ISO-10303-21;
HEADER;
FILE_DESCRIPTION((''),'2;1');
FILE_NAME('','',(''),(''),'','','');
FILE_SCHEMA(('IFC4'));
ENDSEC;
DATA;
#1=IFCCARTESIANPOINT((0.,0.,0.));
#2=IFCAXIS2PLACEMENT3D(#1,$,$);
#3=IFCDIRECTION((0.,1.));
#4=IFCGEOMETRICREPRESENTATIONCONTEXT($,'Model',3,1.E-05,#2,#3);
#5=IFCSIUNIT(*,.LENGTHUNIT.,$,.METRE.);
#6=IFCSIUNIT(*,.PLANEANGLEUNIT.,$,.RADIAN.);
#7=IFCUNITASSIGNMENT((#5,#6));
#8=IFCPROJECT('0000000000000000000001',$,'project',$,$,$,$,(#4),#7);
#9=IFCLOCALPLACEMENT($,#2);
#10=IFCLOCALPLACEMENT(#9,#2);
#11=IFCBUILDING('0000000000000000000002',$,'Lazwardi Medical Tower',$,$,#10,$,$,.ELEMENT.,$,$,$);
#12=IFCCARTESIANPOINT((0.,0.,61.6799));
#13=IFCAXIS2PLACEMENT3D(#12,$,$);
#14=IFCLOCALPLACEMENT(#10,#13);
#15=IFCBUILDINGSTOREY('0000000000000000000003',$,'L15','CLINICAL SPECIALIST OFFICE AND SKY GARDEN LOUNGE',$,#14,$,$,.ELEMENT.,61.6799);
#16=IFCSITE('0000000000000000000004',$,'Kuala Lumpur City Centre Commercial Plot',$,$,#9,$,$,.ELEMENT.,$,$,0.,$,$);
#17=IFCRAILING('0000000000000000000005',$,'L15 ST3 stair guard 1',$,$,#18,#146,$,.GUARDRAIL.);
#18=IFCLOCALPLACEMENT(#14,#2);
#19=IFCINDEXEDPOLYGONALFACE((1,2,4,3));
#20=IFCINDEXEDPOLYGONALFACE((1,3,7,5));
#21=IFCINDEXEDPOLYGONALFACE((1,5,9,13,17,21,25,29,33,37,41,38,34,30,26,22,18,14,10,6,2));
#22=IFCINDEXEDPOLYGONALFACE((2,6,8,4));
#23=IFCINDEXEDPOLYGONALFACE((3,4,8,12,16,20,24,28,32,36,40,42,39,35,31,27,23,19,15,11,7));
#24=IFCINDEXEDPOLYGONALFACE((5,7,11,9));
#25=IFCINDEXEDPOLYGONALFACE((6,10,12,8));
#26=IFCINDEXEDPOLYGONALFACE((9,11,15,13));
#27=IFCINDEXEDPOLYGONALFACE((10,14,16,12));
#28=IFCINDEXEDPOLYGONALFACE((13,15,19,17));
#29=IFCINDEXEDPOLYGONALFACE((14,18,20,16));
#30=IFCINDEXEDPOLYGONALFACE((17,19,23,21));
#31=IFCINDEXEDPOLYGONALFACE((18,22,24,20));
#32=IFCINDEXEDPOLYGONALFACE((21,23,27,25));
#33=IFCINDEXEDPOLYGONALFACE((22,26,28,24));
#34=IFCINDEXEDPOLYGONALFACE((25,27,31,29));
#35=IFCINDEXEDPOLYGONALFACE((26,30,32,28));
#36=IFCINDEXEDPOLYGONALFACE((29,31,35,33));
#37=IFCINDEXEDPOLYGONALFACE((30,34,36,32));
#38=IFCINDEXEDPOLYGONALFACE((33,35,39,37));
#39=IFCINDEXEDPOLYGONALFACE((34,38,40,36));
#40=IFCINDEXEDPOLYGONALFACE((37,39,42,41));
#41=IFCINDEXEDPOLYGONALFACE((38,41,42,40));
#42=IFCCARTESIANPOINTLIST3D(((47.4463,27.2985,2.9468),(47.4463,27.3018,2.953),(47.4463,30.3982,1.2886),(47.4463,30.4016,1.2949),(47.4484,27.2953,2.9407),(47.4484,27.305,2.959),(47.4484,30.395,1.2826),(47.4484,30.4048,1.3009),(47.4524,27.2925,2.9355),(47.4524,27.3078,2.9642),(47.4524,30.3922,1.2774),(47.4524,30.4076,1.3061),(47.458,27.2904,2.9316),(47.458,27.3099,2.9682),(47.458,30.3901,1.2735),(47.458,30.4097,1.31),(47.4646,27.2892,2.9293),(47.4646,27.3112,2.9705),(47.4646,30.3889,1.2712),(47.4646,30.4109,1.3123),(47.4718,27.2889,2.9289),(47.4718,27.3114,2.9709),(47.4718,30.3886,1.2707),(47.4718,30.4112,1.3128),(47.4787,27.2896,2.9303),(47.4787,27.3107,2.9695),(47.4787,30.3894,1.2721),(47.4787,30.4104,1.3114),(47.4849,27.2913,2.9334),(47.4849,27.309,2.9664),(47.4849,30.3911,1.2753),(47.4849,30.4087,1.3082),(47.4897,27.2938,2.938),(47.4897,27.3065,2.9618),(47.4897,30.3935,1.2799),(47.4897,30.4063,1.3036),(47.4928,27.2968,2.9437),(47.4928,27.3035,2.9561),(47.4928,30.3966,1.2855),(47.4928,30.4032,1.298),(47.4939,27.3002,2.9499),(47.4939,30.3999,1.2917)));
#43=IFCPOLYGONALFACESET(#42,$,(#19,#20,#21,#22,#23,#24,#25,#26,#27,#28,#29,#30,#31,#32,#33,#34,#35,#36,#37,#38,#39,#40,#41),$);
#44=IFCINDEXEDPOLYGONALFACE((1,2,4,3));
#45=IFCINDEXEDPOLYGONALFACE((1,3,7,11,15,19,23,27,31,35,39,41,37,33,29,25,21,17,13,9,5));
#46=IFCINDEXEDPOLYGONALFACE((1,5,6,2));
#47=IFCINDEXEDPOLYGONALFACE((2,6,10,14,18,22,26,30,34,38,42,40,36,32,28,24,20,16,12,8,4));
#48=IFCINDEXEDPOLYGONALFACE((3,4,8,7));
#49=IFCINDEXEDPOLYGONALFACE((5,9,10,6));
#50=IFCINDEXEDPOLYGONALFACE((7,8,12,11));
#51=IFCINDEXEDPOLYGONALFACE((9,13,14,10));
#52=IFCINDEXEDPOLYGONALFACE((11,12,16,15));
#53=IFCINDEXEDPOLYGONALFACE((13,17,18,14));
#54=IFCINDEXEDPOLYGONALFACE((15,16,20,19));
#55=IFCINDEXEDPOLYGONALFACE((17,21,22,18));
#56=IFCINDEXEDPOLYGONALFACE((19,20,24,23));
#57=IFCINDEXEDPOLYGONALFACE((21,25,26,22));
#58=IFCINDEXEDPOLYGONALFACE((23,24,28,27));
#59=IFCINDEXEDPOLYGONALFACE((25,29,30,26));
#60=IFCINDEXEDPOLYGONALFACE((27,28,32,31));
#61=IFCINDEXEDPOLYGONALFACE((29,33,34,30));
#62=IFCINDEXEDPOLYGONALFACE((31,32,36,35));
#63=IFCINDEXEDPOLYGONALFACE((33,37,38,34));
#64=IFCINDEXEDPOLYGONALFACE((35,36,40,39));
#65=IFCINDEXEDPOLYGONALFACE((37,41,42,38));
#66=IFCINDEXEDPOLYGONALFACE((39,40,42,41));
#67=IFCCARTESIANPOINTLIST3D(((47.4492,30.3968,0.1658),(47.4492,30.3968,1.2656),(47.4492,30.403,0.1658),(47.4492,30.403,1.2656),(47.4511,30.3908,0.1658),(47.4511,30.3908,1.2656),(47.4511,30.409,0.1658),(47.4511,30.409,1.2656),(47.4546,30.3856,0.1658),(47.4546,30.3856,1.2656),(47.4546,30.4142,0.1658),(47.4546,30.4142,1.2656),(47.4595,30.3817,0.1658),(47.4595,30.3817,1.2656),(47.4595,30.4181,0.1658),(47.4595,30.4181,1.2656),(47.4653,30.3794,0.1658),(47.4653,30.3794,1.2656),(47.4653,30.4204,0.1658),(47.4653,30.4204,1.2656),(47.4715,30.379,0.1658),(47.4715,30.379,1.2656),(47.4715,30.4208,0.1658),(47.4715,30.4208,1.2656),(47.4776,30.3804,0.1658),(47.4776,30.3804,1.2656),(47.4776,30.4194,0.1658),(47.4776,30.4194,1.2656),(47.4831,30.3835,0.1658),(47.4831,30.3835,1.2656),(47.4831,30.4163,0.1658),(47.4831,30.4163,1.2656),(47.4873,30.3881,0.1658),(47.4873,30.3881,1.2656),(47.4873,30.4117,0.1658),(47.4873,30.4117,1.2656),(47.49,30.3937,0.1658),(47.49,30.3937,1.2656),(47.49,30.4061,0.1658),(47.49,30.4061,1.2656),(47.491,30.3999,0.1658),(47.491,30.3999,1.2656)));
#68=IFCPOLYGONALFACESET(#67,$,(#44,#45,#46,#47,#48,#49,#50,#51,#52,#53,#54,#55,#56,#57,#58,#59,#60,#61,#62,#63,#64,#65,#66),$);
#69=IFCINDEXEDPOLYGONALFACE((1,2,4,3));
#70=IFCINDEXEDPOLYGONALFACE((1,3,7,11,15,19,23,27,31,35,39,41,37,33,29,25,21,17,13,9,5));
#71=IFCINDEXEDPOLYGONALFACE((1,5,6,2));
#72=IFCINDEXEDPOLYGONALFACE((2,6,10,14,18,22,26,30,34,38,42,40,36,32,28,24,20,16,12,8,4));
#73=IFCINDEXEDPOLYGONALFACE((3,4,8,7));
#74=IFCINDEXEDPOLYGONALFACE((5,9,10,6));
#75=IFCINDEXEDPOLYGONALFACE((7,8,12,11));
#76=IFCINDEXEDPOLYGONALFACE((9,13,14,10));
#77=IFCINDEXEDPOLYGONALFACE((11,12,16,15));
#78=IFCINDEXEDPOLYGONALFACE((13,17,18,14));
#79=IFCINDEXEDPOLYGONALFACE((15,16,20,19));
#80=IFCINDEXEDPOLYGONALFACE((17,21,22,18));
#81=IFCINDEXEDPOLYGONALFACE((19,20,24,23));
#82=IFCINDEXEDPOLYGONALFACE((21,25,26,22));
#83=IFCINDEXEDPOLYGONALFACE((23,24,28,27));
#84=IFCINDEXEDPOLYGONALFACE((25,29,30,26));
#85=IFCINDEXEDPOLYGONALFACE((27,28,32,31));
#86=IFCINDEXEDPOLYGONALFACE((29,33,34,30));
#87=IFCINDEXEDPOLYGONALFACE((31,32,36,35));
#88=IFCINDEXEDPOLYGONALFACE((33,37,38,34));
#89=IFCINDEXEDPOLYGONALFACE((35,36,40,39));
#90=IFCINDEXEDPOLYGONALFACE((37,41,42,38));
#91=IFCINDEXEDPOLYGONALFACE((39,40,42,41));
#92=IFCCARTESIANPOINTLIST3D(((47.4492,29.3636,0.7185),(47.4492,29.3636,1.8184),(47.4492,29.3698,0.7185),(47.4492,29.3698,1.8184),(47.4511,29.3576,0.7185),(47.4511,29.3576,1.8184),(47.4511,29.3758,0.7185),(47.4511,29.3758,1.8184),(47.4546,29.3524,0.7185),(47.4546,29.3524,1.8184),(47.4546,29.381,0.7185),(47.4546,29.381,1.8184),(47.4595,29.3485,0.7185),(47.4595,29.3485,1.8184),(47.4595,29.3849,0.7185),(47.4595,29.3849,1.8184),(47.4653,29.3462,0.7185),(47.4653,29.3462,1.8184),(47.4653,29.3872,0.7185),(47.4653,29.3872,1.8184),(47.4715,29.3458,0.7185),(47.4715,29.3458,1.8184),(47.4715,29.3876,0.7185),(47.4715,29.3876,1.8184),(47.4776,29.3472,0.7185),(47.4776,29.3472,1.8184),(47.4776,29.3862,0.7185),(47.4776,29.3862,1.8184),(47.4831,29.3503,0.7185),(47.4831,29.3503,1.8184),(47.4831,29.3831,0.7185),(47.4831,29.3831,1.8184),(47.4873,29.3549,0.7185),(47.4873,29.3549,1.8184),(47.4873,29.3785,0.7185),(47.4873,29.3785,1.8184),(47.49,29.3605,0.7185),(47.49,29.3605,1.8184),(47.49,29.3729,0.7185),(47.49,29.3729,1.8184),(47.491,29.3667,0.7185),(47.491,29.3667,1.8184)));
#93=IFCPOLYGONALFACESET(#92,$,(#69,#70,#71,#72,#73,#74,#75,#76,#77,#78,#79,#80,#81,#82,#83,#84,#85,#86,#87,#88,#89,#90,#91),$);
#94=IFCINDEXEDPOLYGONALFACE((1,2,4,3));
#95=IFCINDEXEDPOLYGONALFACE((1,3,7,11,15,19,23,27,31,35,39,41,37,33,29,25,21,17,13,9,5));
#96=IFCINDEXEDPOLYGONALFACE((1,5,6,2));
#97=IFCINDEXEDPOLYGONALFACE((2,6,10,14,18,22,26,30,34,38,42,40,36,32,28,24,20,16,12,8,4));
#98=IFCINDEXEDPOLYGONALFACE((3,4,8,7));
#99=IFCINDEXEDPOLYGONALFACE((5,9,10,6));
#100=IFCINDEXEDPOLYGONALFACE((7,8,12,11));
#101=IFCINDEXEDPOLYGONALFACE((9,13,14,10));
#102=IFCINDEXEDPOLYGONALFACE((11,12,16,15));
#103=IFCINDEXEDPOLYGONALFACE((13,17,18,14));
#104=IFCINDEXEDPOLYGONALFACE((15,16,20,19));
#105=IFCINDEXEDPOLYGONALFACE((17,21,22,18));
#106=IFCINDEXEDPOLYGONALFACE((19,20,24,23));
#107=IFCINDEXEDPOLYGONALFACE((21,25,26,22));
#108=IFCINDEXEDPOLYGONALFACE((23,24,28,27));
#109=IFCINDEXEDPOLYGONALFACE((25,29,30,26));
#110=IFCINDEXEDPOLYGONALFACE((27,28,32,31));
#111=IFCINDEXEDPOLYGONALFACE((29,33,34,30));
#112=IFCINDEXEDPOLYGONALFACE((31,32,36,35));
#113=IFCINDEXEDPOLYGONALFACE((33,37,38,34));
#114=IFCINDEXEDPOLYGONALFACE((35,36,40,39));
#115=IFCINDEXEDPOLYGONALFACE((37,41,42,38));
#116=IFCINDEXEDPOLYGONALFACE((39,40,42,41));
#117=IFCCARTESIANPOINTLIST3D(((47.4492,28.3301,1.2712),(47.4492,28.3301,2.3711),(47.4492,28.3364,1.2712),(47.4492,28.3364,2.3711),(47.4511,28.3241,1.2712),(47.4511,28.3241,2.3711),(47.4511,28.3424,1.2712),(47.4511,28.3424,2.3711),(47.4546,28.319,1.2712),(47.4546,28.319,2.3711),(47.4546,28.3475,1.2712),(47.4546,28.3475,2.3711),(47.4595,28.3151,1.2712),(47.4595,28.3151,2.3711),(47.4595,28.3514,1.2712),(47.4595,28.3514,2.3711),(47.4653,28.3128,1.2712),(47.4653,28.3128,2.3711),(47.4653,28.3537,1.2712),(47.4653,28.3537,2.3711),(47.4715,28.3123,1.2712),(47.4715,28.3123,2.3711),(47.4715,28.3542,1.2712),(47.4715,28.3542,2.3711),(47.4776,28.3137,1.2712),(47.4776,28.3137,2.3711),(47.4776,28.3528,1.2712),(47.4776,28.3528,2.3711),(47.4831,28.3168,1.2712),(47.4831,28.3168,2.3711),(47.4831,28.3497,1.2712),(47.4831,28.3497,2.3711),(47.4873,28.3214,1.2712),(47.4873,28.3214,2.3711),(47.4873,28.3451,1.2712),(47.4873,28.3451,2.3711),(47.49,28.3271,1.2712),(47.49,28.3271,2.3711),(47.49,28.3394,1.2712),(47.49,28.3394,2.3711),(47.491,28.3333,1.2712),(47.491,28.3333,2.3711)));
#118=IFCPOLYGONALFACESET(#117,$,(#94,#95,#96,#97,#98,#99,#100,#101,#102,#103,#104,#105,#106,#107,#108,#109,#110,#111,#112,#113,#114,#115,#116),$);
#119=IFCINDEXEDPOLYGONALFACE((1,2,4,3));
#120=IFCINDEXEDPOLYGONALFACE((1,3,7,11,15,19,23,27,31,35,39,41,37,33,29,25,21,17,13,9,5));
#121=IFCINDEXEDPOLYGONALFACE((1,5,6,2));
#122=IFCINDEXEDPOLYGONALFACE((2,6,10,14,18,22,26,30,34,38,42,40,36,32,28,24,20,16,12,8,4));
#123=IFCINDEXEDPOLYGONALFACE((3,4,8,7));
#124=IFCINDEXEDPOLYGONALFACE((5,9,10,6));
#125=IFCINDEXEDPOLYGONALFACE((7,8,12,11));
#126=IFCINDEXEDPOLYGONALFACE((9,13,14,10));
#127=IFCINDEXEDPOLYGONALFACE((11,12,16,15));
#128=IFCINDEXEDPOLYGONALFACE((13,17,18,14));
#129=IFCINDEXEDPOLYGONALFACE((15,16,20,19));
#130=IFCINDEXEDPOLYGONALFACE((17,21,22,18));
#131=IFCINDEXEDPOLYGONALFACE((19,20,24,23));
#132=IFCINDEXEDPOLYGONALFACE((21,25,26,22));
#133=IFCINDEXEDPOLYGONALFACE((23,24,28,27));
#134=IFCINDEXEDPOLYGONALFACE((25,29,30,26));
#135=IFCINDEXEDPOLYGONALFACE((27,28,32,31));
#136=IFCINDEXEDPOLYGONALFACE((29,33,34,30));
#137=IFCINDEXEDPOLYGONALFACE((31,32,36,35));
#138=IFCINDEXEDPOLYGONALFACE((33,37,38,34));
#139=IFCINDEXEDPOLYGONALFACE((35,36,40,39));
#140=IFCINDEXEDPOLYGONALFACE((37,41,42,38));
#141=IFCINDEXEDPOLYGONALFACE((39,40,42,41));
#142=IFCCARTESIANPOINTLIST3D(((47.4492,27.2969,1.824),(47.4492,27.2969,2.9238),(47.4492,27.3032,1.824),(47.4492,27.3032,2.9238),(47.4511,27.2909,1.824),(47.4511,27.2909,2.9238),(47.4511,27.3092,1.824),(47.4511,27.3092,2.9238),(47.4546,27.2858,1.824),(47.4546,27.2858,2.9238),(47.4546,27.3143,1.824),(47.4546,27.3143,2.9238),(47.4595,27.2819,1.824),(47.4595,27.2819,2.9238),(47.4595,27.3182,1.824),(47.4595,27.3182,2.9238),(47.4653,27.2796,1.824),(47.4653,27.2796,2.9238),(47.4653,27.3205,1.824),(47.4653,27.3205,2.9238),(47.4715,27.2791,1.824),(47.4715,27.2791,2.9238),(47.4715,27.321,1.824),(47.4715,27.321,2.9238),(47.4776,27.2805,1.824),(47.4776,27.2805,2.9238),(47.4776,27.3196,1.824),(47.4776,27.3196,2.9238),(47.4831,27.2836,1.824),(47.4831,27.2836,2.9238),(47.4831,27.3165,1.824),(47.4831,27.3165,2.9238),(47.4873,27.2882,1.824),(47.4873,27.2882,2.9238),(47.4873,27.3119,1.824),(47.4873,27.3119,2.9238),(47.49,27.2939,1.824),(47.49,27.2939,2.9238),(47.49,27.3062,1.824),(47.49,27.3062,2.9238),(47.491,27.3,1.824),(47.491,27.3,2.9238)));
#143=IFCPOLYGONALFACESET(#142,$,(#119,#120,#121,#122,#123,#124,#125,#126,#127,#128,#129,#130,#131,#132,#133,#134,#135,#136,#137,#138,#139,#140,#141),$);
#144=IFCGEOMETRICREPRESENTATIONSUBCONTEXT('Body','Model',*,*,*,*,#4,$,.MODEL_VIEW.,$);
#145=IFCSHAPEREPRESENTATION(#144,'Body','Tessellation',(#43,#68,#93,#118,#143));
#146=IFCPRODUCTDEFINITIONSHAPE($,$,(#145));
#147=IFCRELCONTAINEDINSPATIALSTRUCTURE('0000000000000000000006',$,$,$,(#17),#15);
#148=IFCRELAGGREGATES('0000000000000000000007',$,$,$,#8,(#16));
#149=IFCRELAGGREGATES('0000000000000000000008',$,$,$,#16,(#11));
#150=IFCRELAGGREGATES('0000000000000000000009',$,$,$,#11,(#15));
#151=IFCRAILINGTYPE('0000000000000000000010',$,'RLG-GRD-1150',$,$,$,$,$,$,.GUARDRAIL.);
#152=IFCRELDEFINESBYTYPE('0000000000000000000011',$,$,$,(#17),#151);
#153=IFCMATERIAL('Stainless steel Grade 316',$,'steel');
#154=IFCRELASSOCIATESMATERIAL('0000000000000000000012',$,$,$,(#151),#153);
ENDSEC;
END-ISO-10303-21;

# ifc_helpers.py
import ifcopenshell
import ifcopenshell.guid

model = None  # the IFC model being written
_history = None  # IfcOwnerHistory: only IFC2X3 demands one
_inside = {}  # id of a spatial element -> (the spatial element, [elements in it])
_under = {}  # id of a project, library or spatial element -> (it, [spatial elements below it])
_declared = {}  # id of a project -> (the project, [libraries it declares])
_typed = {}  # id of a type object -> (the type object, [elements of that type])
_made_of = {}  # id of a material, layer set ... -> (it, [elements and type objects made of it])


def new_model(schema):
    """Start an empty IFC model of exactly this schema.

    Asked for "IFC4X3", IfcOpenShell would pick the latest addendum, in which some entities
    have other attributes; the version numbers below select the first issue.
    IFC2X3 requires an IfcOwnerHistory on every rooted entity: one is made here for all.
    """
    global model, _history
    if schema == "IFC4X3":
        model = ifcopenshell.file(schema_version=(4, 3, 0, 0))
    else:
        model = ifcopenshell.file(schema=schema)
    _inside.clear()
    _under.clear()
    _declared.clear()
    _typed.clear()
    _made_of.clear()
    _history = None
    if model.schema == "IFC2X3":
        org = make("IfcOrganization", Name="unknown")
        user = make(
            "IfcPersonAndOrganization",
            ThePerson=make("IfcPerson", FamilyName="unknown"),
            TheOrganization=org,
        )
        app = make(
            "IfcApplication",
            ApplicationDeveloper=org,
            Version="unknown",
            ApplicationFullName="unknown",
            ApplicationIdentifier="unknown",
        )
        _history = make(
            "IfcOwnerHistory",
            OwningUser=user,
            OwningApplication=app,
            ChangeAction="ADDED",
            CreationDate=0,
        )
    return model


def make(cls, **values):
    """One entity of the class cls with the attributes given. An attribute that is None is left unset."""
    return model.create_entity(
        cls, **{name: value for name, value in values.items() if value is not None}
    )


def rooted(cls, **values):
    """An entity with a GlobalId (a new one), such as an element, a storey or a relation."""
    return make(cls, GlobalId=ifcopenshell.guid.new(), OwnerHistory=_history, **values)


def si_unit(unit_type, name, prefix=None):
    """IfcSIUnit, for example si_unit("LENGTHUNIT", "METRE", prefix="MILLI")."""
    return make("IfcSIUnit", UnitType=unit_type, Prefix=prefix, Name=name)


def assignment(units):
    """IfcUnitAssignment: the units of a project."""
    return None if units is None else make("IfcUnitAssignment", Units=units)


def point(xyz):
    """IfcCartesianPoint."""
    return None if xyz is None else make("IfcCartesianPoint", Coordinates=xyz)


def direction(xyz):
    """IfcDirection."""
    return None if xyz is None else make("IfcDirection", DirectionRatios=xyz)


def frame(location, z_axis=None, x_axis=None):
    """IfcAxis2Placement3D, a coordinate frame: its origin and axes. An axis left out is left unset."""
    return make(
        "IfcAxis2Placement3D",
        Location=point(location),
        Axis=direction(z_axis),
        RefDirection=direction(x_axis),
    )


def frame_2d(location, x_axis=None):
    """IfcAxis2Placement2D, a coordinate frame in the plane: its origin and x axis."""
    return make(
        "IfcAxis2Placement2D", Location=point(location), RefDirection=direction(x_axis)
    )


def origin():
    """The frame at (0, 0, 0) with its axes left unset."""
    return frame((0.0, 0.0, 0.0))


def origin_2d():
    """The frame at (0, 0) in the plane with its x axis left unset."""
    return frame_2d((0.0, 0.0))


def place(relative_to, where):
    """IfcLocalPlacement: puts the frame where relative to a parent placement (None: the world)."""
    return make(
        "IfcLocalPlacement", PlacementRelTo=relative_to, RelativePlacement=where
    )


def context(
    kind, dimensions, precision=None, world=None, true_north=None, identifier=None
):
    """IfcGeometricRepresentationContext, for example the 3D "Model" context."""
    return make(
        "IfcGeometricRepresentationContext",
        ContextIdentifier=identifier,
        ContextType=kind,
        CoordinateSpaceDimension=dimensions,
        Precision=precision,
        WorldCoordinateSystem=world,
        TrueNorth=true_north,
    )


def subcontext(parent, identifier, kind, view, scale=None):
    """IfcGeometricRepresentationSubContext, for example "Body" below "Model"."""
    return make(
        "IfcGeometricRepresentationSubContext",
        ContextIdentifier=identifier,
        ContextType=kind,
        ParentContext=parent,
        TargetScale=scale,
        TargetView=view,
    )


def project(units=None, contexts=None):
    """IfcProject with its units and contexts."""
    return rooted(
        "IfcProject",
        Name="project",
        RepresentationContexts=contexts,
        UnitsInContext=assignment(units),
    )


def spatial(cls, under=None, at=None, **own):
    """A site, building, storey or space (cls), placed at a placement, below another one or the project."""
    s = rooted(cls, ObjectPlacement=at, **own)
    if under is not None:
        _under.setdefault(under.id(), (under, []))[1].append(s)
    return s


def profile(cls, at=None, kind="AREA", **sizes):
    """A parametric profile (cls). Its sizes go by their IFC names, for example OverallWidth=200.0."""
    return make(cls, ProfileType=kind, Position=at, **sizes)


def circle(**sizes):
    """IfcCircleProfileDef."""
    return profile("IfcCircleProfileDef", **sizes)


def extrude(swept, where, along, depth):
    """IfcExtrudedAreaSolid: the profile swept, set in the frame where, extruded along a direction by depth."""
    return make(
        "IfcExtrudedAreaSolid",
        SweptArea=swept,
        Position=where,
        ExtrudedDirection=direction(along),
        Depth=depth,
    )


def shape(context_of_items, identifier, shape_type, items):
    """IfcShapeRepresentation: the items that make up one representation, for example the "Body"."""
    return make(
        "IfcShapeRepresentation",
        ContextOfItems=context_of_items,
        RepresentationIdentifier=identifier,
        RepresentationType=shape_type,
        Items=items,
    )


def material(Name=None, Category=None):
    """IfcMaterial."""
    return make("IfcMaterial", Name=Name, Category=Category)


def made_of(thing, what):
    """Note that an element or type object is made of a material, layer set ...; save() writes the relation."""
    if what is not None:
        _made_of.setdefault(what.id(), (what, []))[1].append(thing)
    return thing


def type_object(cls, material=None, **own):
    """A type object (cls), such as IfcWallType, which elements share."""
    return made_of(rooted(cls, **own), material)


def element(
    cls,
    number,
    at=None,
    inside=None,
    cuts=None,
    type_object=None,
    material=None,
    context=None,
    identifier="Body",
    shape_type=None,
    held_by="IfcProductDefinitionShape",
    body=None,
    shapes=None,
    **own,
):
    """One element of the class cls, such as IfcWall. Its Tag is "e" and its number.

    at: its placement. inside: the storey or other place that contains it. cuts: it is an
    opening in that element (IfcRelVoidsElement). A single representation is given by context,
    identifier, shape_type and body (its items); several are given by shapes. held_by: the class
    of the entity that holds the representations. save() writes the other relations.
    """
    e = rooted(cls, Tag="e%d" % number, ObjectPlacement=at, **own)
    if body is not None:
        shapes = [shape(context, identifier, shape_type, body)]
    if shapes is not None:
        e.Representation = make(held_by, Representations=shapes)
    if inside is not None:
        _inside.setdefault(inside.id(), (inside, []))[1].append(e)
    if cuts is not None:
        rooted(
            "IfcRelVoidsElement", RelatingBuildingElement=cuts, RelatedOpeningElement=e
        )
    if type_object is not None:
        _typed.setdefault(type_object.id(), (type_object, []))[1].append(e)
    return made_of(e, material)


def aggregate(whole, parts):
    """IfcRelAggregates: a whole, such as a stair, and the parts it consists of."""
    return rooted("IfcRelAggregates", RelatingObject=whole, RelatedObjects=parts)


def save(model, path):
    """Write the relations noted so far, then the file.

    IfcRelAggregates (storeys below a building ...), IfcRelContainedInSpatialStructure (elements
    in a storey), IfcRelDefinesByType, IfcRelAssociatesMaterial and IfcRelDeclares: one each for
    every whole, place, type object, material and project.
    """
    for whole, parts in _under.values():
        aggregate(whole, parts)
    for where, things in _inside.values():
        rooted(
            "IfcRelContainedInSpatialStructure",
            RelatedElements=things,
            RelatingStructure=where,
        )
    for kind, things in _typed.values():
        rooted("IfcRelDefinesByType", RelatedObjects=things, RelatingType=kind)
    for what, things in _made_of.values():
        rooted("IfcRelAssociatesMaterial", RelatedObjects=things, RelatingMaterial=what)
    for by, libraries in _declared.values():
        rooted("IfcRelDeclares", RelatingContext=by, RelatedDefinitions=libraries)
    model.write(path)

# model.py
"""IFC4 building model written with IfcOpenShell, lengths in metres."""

from ifc_helpers import new_model, si_unit, direction, frame, origin, origin_2d, place, context, subcontext, project, spatial, circle, extrude, material, type_object, element, save


model = new_model("IFC4")

# Units and contexts
model_context = context("Model", 3, precision=1e-05, world=origin(), true_north=direction((0.0, 1.0)))
body_context = subcontext(model_context, "Body", "Model", "MODEL_VIEW")
ifc_project = project(units=[si_unit("LENGTHUNIT", "METRE"), si_unit("PLANEANGLEUNIT", "RADIAN")], contexts=[model_context])

# Site, building, storey
site_placement = place(None, origin())
site = spatial("IfcSite", under=ifc_project, at=site_placement, Name="Kuala Lumpur City Centre Commercial Plot", CompositionType="ELEMENT", RefElevation=0.0)
building_placement = place(site_placement, origin())
building = spatial("IfcBuilding", under=site, at=building_placement, Name="Lazwardi Medical Tower", CompositionType="ELEMENT")
storey_placement = place(building_placement, frame((0.0, 0.0, 61.6799)))
storey = spatial("IfcBuildingStorey", under=building, at=storey_placement, Name="L15", Description="CLINICAL SPECIALIST OFFICE AND SKY GARDEN LOUNGE", CompositionType="ELEMENT", Elevation=61.6799)

# Railing
ifc_material_1 = material(Name="Stainless steel Grade 316", Category="steel")
railing_type_1 = type_object("IfcRailingType", Name="RLG-GRD-1150", PredefinedType="GUARDRAIL", material=ifc_material_1)
railing_1_placement = place(storey_placement, frame((47.47, 30.3999, 0.1658)))
element("IfcRailing", 1, at=railing_1_placement, inside=storey, type_object=railing_type_1, Name="L15 ST3 stair guard 1", PredefinedType="GUARDRAIL", context=body_context, shape_type="SweptSolid", body=[
    extrude(circle(Radius=0.0239, at=origin_2d()), frame((0.0, 0.0, 1.126), z_axis=(0.0, -0.881768, 0.471684), x_axis=(1.0, 0.0, 0.0)), (0.0, 0.0, 1.0), 3.5154),
    extrude(circle(Radius=0.021, at=origin_2d()), origin(), (0.0, 0.0, 1.0), 1.0999),
    extrude(circle(Radius=0.021, at=origin_2d()), frame((0.0, -1.0332, 0.5527)), (0.0, 0.0, 1.0), 1.0999),
    extrude(circle(Radius=0.021, at=origin_2d()), frame((0.0, -2.0667, 1.1055)), (0.0, 0.0, 1.0), 1.0999),
    extrude(circle(Radius=0.021, at=origin_2d()), frame((0.0, -3.0999, 1.6582)), (0.0, 0.0, 1.0), 1.0999),
])

save(model, "model.ifc")
